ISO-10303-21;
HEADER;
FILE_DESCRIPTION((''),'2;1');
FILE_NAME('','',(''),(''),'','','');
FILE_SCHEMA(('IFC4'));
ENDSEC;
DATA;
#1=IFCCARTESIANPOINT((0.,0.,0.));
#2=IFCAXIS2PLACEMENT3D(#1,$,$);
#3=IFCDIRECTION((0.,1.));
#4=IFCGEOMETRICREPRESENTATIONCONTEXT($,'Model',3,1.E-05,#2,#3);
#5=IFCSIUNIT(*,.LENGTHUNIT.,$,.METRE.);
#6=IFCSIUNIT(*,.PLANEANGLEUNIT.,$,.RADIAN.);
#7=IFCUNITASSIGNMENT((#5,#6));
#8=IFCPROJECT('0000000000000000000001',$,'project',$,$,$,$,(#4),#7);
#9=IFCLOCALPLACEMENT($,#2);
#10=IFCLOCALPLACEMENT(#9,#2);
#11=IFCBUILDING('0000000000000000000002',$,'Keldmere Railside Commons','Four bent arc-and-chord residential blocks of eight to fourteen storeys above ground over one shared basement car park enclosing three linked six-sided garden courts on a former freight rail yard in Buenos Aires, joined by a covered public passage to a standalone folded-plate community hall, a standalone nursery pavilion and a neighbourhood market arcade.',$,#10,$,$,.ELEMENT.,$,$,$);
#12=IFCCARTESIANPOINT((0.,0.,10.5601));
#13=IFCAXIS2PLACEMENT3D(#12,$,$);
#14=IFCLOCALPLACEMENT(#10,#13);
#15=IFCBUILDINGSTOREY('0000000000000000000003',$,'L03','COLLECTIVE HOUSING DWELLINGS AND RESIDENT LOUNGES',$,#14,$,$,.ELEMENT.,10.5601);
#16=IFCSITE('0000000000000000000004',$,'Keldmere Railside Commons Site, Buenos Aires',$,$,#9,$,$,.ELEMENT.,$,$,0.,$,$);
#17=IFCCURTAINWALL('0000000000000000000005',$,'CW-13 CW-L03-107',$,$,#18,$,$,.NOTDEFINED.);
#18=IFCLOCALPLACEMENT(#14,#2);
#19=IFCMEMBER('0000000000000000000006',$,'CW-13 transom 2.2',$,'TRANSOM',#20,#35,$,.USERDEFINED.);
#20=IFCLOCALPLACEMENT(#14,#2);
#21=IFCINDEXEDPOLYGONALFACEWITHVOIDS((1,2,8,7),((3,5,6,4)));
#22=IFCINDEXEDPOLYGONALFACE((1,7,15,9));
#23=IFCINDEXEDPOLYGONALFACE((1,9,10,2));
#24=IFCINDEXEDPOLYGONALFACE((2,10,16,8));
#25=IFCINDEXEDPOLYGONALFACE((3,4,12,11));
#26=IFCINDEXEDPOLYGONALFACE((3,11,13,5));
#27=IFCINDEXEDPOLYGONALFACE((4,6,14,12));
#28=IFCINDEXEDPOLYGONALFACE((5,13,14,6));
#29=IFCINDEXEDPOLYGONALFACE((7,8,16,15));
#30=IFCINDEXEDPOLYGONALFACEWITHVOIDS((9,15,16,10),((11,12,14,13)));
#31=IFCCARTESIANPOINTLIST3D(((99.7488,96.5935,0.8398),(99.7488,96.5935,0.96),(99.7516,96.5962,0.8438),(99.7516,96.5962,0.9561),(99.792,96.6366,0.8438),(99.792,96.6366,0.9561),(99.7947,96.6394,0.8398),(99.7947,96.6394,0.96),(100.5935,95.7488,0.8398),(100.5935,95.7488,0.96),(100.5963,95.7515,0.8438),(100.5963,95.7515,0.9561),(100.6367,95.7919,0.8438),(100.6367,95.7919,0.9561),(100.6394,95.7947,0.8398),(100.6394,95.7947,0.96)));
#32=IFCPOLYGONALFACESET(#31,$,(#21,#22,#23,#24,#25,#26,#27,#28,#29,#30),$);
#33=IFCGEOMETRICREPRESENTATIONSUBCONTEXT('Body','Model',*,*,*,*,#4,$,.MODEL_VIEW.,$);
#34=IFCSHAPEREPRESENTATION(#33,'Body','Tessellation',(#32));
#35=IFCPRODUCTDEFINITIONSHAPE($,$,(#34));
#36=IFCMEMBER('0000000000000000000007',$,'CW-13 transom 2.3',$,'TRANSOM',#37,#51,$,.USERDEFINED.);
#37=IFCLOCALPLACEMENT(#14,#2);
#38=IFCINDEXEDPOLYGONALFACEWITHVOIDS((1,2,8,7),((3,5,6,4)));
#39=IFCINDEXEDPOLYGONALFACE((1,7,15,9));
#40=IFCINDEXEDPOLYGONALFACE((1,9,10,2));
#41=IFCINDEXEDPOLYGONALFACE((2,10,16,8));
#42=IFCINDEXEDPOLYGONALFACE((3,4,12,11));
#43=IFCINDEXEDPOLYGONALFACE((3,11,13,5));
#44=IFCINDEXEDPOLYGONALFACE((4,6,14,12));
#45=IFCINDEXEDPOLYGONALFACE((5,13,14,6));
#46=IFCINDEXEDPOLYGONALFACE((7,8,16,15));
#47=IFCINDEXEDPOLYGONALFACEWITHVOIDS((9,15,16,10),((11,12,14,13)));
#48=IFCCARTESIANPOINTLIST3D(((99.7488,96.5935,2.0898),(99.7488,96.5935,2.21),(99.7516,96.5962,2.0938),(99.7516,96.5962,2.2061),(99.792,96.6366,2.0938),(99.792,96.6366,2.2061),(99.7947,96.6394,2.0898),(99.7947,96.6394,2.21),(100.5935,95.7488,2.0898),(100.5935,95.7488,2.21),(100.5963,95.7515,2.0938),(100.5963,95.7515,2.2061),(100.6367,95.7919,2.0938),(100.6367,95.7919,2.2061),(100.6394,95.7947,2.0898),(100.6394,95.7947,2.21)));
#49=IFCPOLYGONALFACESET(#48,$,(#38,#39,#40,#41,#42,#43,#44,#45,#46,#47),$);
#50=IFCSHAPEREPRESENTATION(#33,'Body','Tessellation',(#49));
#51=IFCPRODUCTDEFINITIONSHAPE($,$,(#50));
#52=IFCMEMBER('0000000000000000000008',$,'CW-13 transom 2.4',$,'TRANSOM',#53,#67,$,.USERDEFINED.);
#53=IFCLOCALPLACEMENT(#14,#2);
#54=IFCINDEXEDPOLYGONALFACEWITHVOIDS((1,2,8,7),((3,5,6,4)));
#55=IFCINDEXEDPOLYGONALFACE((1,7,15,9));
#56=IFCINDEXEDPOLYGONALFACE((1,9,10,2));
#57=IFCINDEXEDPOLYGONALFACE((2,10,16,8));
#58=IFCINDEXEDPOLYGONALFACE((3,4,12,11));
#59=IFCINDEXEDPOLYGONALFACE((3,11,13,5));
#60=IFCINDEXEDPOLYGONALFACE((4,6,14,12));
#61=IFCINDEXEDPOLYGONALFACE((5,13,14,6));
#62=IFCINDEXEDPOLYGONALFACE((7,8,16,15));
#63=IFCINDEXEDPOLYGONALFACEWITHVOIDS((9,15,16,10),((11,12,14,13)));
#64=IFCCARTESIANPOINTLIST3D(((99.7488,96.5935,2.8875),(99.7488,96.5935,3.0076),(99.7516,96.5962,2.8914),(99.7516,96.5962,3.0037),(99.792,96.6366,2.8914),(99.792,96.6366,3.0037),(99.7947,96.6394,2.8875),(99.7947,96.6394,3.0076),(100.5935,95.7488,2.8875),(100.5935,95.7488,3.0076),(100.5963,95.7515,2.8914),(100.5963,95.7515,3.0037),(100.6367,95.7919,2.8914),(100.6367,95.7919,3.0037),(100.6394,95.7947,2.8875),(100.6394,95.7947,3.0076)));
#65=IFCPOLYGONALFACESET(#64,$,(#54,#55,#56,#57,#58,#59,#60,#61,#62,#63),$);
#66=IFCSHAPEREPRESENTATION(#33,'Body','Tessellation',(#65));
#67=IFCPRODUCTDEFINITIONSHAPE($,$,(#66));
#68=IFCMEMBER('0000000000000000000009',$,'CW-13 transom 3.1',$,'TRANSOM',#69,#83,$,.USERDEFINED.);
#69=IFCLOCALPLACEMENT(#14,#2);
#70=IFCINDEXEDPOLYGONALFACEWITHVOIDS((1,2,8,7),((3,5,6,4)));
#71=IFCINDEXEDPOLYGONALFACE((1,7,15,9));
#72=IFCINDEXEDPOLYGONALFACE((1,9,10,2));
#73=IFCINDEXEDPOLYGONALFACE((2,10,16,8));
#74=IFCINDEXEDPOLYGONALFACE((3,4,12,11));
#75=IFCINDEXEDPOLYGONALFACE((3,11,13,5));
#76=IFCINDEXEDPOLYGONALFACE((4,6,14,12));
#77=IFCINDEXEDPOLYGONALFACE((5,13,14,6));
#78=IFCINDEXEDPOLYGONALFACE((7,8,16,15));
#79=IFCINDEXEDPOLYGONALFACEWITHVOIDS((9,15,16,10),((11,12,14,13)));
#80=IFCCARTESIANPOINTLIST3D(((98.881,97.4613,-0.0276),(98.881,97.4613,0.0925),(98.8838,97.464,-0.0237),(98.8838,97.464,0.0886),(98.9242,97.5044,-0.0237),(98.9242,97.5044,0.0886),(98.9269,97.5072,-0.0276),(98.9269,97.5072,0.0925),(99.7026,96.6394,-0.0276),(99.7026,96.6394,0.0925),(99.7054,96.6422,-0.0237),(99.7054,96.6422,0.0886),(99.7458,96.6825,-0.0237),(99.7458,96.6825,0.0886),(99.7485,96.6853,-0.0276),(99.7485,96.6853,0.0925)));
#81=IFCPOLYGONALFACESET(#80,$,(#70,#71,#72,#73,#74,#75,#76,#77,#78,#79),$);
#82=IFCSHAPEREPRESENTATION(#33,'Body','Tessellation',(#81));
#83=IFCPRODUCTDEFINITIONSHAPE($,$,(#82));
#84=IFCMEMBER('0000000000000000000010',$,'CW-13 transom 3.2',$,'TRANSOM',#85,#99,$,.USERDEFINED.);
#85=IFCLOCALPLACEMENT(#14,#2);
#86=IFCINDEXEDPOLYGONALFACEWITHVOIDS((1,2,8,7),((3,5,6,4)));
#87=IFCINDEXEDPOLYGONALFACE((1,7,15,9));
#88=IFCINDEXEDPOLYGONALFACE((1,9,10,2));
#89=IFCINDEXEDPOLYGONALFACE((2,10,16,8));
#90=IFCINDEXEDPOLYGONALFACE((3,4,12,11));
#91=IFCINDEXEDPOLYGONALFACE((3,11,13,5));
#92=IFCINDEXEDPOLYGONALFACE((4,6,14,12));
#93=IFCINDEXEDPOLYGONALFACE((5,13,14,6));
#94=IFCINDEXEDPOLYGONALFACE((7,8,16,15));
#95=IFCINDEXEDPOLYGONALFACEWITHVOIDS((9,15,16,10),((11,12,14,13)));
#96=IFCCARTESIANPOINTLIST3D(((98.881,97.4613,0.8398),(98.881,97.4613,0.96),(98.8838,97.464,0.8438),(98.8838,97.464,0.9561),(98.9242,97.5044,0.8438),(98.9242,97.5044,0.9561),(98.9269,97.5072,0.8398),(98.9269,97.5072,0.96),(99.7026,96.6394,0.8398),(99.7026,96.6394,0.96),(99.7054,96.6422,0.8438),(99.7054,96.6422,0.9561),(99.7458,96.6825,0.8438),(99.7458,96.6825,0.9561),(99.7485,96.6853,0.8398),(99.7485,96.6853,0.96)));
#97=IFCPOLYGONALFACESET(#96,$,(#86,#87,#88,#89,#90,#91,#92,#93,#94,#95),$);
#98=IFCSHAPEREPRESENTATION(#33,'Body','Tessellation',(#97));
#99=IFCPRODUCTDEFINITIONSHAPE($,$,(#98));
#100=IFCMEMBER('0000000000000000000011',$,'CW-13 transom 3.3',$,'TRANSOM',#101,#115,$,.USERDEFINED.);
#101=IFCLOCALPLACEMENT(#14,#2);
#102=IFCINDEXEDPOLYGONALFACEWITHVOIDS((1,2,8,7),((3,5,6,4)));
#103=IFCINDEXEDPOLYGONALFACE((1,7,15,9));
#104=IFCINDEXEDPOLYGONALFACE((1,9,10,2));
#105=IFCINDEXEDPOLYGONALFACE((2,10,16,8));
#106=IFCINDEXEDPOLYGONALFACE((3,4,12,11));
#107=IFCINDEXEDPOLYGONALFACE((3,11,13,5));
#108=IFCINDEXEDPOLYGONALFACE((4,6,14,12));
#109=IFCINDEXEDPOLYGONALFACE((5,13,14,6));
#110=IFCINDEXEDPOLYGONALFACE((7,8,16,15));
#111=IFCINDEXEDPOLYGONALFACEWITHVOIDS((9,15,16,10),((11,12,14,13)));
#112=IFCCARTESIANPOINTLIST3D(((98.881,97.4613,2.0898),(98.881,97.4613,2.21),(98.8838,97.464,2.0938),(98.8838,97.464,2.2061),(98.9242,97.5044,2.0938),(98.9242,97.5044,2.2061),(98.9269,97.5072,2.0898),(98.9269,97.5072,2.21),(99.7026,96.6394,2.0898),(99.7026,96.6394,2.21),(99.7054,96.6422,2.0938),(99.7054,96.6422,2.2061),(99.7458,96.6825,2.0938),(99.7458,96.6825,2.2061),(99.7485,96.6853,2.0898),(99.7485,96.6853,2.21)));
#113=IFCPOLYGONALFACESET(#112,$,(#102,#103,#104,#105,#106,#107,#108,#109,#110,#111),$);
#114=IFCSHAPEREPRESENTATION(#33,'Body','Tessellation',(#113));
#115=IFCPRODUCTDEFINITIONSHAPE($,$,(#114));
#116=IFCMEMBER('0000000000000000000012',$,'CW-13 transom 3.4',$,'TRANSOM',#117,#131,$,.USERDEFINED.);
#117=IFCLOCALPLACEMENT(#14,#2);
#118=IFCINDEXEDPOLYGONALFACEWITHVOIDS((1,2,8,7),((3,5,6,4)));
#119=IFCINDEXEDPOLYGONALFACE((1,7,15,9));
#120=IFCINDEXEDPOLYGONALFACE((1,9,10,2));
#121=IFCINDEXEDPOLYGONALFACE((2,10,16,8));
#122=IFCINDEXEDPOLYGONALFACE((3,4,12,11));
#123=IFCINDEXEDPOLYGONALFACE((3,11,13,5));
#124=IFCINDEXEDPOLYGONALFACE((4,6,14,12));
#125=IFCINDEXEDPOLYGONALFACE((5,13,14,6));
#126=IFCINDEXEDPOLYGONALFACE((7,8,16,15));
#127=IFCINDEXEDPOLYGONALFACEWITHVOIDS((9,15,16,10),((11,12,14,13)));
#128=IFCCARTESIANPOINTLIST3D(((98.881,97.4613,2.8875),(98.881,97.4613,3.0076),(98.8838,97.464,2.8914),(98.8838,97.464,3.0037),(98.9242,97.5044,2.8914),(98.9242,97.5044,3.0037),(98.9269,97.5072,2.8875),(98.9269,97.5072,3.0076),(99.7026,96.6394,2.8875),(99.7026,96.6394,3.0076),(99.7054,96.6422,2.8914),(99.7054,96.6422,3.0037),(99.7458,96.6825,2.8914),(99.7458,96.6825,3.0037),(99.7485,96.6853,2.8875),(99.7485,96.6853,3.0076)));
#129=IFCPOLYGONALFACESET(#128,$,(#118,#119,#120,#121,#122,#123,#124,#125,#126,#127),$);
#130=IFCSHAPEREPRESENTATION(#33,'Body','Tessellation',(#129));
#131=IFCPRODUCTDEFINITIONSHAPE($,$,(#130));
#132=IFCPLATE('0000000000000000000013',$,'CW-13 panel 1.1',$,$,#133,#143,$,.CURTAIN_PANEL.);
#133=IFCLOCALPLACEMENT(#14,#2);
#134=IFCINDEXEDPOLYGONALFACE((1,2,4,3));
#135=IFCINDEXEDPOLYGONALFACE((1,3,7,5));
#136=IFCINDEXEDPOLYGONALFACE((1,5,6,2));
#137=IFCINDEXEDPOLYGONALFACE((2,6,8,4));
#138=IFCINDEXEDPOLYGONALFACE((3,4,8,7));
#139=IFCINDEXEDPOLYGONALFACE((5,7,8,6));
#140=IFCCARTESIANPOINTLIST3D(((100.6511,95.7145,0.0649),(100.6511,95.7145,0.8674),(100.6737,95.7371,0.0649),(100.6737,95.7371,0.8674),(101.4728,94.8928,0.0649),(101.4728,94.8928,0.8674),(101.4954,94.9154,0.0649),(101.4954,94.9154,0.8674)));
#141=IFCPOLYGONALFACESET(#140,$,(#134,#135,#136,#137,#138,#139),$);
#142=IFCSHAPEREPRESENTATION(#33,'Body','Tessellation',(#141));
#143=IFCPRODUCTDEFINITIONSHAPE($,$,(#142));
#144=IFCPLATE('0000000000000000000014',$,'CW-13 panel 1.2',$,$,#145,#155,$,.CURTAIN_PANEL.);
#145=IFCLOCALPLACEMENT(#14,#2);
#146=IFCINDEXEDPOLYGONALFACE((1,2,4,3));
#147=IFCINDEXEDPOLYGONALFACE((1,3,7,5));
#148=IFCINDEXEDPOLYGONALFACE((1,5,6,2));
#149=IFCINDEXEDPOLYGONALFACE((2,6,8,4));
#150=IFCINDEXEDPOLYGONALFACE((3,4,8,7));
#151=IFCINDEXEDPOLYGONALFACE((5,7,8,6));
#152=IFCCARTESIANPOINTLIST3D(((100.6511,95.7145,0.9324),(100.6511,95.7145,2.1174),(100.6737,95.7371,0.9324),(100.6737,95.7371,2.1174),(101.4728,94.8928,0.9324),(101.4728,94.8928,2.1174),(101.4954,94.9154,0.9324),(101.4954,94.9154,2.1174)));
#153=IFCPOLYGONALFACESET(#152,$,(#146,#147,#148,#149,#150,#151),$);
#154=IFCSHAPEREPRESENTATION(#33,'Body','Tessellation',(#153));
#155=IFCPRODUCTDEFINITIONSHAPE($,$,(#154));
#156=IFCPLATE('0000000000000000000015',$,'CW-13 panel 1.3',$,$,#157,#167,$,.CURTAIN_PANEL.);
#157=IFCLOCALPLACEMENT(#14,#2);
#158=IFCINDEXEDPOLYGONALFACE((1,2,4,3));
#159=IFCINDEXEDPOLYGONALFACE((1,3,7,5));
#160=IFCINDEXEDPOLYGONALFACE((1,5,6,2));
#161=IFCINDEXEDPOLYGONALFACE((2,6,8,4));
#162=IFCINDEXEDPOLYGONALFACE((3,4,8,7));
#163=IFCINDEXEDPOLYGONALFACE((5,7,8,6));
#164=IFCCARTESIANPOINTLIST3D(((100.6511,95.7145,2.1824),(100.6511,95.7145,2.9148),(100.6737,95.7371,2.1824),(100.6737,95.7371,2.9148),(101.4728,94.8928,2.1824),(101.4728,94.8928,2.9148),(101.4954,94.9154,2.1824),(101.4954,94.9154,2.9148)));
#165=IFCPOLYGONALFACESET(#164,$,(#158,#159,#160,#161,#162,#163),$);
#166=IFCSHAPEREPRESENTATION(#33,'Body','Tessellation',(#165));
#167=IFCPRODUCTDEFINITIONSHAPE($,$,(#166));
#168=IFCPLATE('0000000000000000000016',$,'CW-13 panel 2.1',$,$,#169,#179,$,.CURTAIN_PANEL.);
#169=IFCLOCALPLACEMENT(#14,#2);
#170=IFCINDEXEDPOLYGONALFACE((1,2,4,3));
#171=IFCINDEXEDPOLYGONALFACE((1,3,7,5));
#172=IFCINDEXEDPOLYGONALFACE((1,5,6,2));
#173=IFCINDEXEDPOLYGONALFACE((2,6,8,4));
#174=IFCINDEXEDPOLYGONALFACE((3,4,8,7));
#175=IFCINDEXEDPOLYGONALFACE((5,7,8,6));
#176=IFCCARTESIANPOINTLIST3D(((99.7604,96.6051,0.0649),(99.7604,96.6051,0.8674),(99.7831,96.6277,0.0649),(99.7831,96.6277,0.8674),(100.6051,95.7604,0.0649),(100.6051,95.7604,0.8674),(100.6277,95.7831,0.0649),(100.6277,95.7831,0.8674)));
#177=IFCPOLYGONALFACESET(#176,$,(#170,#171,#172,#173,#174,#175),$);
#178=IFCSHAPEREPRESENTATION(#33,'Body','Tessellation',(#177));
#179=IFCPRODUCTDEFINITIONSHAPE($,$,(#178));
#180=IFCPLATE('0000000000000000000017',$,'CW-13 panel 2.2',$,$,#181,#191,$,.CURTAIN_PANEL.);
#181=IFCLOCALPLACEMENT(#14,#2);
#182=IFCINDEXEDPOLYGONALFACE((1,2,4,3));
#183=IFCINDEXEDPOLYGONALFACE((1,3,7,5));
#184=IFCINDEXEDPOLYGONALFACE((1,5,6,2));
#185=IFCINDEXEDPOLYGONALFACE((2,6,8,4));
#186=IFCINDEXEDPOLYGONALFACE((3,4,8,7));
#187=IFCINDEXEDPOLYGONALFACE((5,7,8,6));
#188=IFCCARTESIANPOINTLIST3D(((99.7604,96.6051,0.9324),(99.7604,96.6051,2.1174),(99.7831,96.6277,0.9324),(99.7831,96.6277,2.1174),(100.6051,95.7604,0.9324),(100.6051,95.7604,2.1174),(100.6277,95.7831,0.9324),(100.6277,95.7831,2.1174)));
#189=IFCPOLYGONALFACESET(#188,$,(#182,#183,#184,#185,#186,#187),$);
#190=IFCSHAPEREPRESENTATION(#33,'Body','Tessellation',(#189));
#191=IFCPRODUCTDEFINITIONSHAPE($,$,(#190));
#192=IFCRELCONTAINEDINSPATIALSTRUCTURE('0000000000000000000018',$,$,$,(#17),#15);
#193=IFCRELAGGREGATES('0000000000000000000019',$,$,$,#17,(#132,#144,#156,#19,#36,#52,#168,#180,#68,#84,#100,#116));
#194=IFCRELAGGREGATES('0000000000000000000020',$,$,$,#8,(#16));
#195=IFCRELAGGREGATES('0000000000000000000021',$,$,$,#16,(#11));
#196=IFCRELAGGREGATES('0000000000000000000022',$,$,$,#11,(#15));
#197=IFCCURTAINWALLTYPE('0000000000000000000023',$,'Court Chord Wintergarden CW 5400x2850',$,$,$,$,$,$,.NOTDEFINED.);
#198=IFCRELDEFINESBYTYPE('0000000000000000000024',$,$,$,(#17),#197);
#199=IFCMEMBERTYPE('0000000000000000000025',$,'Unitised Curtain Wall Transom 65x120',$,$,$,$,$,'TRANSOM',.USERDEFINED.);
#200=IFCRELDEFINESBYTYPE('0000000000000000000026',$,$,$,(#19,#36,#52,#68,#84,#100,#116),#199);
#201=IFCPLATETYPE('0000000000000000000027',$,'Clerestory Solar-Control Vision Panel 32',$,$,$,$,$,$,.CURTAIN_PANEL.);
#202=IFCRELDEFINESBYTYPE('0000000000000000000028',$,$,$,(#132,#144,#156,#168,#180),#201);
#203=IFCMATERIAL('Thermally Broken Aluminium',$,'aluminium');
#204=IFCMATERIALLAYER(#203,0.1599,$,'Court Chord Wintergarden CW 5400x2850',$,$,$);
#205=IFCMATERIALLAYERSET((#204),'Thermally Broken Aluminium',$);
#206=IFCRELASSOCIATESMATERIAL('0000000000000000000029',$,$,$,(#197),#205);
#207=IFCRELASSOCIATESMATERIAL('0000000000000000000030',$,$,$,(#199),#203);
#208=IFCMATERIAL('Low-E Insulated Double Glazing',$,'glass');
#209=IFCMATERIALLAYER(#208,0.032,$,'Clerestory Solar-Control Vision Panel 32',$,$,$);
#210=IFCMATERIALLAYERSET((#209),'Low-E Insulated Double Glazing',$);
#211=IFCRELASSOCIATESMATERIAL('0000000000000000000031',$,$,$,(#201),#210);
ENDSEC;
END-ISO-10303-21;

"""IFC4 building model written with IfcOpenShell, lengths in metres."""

from ifc_helpers import new_model, si_unit, direction, frame, origin, origin_2d, place, context, subcontext, project, spatial, rectangle, hollow_rectangle, extrude, material, layer, layer_set, material_profile, profile_set, type_object, element, aggregate, save


model = new_model("IFC4")

# Units and contexts
model_context = context("Model", 3, precision=1e-05, world=origin(), true_north=direction((0.0, 1.0)))
body_context = subcontext(model_context, "Body", "Model", "MODEL_VIEW")
ifc_project = project(units=[si_unit("LENGTHUNIT", "METRE"), si_unit("PLANEANGLEUNIT", "RADIAN")], contexts=[model_context])

# Site, building, storey
site_placement = place(None, origin())
site = spatial("IfcSite", under=ifc_project, at=site_placement, Name="Keldmere Railside Commons Site, Buenos Aires", CompositionType="ELEMENT", RefElevation=0.0)
building_placement = place(site_placement, origin())
building = spatial("IfcBuilding", under=site, at=building_placement, Name="Keldmere Railside Commons", Description="Four bent arc-and-chord residential blocks of eight to fourteen storeys above ground over one shared basement car park enclosing three linked six-sided garden courts on a former freight rail yard in Buenos Aires, joined by a covered public passage to a standalone folded-plate community hall, a standalone nursery pavilion and a neighbourhood market arcade.", CompositionType="ELEMENT")
storey_placement = place(building_placement, frame((0.0, 0.0, 10.5601)))
storey = spatial("IfcBuildingStorey", under=building, at=storey_placement, Name="L03", Description="COLLECTIVE HOUSING DWELLINGS AND RESIDENT LOUNGES", CompositionType="ELEMENT", Elevation=10.5601)

# Curtain wall
ifc_material_1 = material(Name="Thermally Broken Aluminium", Category="aluminium")
ifc_layer_1 = layer(ifc_material_1, 0.1599, Name="Court Chord Wintergarden CW 5400x2850")
ifc_layer_set_1 = layer_set([ifc_layer_1], Name="Thermally Broken Aluminium")
curtain_wall_type_1 = type_object("IfcCurtainWallType", Name="Court Chord Wintergarden CW 5400x2850", PredefinedType="NOTDEFINED", material=ifc_layer_set_1)
curtain_wall_1_placement = place(storey_placement, origin())
curtain_wall_1 = element("IfcCurtainWall", 1, at=curtain_wall_1_placement, inside=storey, type_object=curtain_wall_type_1, Name="CW-13 CW-L03-107", PredefinedType="NOTDEFINED")

# Members
ifc_material_profile_1 = material_profile(ifc_material_1, hollow_rectangle(XDim=0.0649, YDim=0.1201, WallThickness=0.0039, at=origin_2d()), Name="ALU-TRAN-65x120")
ifc_profile_set_1 = profile_set([ifc_material_profile_1], Name="Thermally Broken Aluminium")
member_type_1 = type_object("IfcMemberType", Name="Unitised Curtain Wall Transom 65x120", ElementType="TRANSOM", PredefinedType="USERDEFINED", material=ifc_profile_set_1)
member_1_placement = place(storey_placement, frame((100.6165, 95.7717, 0.8999), z_axis=(-0.707107, 0.707107, 0.0), x_axis=(-0.707107, -0.707107, 0.0)))
member_1 = element("IfcMember", 2, at=member_1_placement, type_object=member_type_1, Name="CW-13 transom 2.2", ObjectType="TRANSOM", PredefinedType="USERDEFINED", context=body_context, shape_type="SweptSolid", body=[
    extrude(hollow_rectangle(XDim=0.0649, YDim=0.1201, WallThickness=0.0039, at=origin_2d()), origin(), (0.0, 0.0, 1.0), 1.1946),
])
member_2_placement = place(storey_placement, frame((100.6165, 95.7717, 2.1499), z_axis=(-0.707107, 0.707107, 0.0), x_axis=(-0.707107, -0.707107, 0.0)))
member_2 = element("IfcMember", 3, at=member_2_placement, type_object=member_type_1, Name="CW-13 transom 2.3", ObjectType="TRANSOM", PredefinedType="USERDEFINED", context=body_context, shape_type="SweptSolid", body=[
    extrude(hollow_rectangle(XDim=0.0649, YDim=0.1201, WallThickness=0.0039, at=origin_2d()), origin(), (0.0, 0.0, 1.0), 1.1946),
])
member_3_placement = place(storey_placement, frame((100.6165, 95.7717, 2.9475), z_axis=(-0.707107, 0.707107, 0.0), x_axis=(-0.707107, -0.707107, 0.0)))
member_3 = element("IfcMember", 4, at=member_3_placement, type_object=member_type_1, Name="CW-13 transom 2.4", ObjectType="TRANSOM", PredefinedType="USERDEFINED", context=body_context, shape_type="SweptSolid", body=[
    extrude(hollow_rectangle(XDim=0.0649, YDim=0.1201, WallThickness=0.0039, at=origin_2d()), origin(), (0.0, 0.0, 1.0), 1.1946),
])
member_4_placement = place(storey_placement, frame((99.7256, 96.6624, 0.0325), z_axis=(-0.707002, 0.707212, 0.0), x_axis=(-0.707212, -0.707002, 0.0)))
member_4 = element("IfcMember", 5, at=member_4_placement, type_object=member_type_1, Name="CW-13 transom 3.1", ObjectType="TRANSOM", PredefinedType="USERDEFINED", context=body_context, shape_type="SweptSolid", body=[
    extrude(hollow_rectangle(XDim=0.0649, YDim=0.1201, WallThickness=0.0039, at=origin_2d()), origin(), (0.0, 0.0, 1.0), 1.1621),
])
member_5_placement = place(storey_placement, frame((99.7256, 96.6624, 0.8999), z_axis=(-0.707002, 0.707212, 0.0), x_axis=(-0.707212, -0.707002, 0.0)))
member_5 = element("IfcMember", 6, at=member_5_placement, type_object=member_type_1, Name="CW-13 transom 3.2", ObjectType="TRANSOM", PredefinedType="USERDEFINED", context=body_context, shape_type="SweptSolid", body=[
    extrude(hollow_rectangle(XDim=0.0649, YDim=0.1201, WallThickness=0.0039, at=origin_2d()), origin(), (0.0, 0.0, 1.0), 1.1621),
])
member_6_placement = place(storey_placement, frame((99.7256, 96.6624, 2.1499), z_axis=(-0.707002, 0.707212, 0.0), x_axis=(-0.707212, -0.707002, 0.0)))
member_6 = element("IfcMember", 7, at=member_6_placement, type_object=member_type_1, Name="CW-13 transom 3.3", ObjectType="TRANSOM", PredefinedType="USERDEFINED", context=body_context, shape_type="SweptSolid", body=[
    extrude(hollow_rectangle(XDim=0.0649, YDim=0.1201, WallThickness=0.0039, at=origin_2d()), origin(), (0.0, 0.0, 1.0), 1.1621),
])
member_7_placement = place(storey_placement, frame((99.7256, 96.6624, 2.9475), z_axis=(-0.707002, 0.707212, 0.0), x_axis=(-0.707212, -0.707002, 0.0)))
member_7 = element("IfcMember", 8, at=member_7_placement, type_object=member_type_1, Name="CW-13 transom 3.4", ObjectType="TRANSOM", PredefinedType="USERDEFINED", context=body_context, shape_type="SweptSolid", body=[
    extrude(hollow_rectangle(XDim=0.0649, YDim=0.1201, WallThickness=0.0039, at=origin_2d()), origin(), (0.0, 0.0, 1.0), 1.1621),
])

# Plates
ifc_material_2 = material(Name="Low-E Insulated Double Glazing", Category="glass")
ifc_layer_2 = layer(ifc_material_2, 0.032, Name="Clerestory Solar-Control Vision Panel 32")
ifc_layer_set_2 = layer_set([ifc_layer_2], Name="Low-E Insulated Double Glazing")
plate_type_1 = type_object("IfcPlateType", Name="Clerestory Solar-Control Vision Panel 32", PredefinedType="CURTAIN_PANEL", material=ifc_layer_set_2)
plate_1_placement = place(storey_placement, frame((101.0732, 95.3149, 0.0649), z_axis=(0.0, 0.0, 1.0), x_axis=(-0.707107, 0.707107, 0.0)))
plate_1 = element("IfcPlate", 9, at=plate_1_placement, type_object=plate_type_1, Name="CW-13 panel 1.1", PredefinedType="CURTAIN_PANEL", context=body_context, shape_type="SweptSolid", body=[
    extrude(rectangle(XDim=1.1621, YDim=0.032, at=origin_2d()), origin(), (0.0, 0.0, 1.0), 0.8025),
])
plate_2_placement = place(storey_placement, frame((101.0732, 95.3149, 0.9324), z_axis=(0.0, 0.0, 1.0), x_axis=(-0.707107, 0.707107, 0.0)))
plate_2 = element("IfcPlate", 10, at=plate_2_placement, type_object=plate_type_1, Name="CW-13 panel 1.2", PredefinedType="CURTAIN_PANEL", context=body_context, shape_type="SweptSolid", body=[
    extrude(rectangle(XDim=1.1621, YDim=0.032, at=origin_2d()), origin(), (0.0, 0.0, 1.0), 1.1851),
])
plate_3_placement = place(storey_placement, frame((101.0732, 95.3149, 2.1824), z_axis=(0.0, 0.0, 1.0), x_axis=(-0.707107, 0.707107, 0.0)))
plate_3 = element("IfcPlate", 11, at=plate_3_placement, type_object=plate_type_1, Name="CW-13 panel 1.3", PredefinedType="CURTAIN_PANEL", context=body_context, shape_type="SweptSolid", body=[
    extrude(rectangle(XDim=1.1621, YDim=0.032, at=origin_2d()), origin(), (0.0, 0.0, 1.0), 0.7324),
])
plate_4_placement = place(storey_placement, frame((100.1941, 96.1941, 0.0649), z_axis=(0.0, 0.0, 1.0), x_axis=(-0.707107, 0.707107, 0.0)))
plate_4 = element("IfcPlate", 12, at=plate_4_placement, type_object=plate_type_1, Name="CW-13 panel 2.1", PredefinedType="CURTAIN_PANEL", context=body_context, shape_type="SweptSolid", body=[
    extrude(rectangle(XDim=1.1946, YDim=0.032, at=origin_2d()), origin(), (0.0, 0.0, 1.0), 0.8025),
])
plate_5_placement = place(storey_placement, frame((100.1941, 96.1941, 0.9324), z_axis=(0.0, 0.0, 1.0), x_axis=(-0.707107, 0.707107, 0.0)))
plate_5 = element("IfcPlate", 13, at=plate_5_placement, type_object=plate_type_1, Name="CW-13 panel 2.2", PredefinedType="CURTAIN_PANEL", context=body_context, shape_type="SweptSolid", body=[
    extrude(rectangle(XDim=1.1946, YDim=0.032, at=origin_2d()), origin(), (0.0, 0.0, 1.0), 1.1851),
])
aggregate(curtain_wall_1, [plate_1, plate_2, plate_3, member_1, member_2, member_3, plate_4, plate_5, member_4, member_5, member_6, member_7])

save(model, "model.ifc")
